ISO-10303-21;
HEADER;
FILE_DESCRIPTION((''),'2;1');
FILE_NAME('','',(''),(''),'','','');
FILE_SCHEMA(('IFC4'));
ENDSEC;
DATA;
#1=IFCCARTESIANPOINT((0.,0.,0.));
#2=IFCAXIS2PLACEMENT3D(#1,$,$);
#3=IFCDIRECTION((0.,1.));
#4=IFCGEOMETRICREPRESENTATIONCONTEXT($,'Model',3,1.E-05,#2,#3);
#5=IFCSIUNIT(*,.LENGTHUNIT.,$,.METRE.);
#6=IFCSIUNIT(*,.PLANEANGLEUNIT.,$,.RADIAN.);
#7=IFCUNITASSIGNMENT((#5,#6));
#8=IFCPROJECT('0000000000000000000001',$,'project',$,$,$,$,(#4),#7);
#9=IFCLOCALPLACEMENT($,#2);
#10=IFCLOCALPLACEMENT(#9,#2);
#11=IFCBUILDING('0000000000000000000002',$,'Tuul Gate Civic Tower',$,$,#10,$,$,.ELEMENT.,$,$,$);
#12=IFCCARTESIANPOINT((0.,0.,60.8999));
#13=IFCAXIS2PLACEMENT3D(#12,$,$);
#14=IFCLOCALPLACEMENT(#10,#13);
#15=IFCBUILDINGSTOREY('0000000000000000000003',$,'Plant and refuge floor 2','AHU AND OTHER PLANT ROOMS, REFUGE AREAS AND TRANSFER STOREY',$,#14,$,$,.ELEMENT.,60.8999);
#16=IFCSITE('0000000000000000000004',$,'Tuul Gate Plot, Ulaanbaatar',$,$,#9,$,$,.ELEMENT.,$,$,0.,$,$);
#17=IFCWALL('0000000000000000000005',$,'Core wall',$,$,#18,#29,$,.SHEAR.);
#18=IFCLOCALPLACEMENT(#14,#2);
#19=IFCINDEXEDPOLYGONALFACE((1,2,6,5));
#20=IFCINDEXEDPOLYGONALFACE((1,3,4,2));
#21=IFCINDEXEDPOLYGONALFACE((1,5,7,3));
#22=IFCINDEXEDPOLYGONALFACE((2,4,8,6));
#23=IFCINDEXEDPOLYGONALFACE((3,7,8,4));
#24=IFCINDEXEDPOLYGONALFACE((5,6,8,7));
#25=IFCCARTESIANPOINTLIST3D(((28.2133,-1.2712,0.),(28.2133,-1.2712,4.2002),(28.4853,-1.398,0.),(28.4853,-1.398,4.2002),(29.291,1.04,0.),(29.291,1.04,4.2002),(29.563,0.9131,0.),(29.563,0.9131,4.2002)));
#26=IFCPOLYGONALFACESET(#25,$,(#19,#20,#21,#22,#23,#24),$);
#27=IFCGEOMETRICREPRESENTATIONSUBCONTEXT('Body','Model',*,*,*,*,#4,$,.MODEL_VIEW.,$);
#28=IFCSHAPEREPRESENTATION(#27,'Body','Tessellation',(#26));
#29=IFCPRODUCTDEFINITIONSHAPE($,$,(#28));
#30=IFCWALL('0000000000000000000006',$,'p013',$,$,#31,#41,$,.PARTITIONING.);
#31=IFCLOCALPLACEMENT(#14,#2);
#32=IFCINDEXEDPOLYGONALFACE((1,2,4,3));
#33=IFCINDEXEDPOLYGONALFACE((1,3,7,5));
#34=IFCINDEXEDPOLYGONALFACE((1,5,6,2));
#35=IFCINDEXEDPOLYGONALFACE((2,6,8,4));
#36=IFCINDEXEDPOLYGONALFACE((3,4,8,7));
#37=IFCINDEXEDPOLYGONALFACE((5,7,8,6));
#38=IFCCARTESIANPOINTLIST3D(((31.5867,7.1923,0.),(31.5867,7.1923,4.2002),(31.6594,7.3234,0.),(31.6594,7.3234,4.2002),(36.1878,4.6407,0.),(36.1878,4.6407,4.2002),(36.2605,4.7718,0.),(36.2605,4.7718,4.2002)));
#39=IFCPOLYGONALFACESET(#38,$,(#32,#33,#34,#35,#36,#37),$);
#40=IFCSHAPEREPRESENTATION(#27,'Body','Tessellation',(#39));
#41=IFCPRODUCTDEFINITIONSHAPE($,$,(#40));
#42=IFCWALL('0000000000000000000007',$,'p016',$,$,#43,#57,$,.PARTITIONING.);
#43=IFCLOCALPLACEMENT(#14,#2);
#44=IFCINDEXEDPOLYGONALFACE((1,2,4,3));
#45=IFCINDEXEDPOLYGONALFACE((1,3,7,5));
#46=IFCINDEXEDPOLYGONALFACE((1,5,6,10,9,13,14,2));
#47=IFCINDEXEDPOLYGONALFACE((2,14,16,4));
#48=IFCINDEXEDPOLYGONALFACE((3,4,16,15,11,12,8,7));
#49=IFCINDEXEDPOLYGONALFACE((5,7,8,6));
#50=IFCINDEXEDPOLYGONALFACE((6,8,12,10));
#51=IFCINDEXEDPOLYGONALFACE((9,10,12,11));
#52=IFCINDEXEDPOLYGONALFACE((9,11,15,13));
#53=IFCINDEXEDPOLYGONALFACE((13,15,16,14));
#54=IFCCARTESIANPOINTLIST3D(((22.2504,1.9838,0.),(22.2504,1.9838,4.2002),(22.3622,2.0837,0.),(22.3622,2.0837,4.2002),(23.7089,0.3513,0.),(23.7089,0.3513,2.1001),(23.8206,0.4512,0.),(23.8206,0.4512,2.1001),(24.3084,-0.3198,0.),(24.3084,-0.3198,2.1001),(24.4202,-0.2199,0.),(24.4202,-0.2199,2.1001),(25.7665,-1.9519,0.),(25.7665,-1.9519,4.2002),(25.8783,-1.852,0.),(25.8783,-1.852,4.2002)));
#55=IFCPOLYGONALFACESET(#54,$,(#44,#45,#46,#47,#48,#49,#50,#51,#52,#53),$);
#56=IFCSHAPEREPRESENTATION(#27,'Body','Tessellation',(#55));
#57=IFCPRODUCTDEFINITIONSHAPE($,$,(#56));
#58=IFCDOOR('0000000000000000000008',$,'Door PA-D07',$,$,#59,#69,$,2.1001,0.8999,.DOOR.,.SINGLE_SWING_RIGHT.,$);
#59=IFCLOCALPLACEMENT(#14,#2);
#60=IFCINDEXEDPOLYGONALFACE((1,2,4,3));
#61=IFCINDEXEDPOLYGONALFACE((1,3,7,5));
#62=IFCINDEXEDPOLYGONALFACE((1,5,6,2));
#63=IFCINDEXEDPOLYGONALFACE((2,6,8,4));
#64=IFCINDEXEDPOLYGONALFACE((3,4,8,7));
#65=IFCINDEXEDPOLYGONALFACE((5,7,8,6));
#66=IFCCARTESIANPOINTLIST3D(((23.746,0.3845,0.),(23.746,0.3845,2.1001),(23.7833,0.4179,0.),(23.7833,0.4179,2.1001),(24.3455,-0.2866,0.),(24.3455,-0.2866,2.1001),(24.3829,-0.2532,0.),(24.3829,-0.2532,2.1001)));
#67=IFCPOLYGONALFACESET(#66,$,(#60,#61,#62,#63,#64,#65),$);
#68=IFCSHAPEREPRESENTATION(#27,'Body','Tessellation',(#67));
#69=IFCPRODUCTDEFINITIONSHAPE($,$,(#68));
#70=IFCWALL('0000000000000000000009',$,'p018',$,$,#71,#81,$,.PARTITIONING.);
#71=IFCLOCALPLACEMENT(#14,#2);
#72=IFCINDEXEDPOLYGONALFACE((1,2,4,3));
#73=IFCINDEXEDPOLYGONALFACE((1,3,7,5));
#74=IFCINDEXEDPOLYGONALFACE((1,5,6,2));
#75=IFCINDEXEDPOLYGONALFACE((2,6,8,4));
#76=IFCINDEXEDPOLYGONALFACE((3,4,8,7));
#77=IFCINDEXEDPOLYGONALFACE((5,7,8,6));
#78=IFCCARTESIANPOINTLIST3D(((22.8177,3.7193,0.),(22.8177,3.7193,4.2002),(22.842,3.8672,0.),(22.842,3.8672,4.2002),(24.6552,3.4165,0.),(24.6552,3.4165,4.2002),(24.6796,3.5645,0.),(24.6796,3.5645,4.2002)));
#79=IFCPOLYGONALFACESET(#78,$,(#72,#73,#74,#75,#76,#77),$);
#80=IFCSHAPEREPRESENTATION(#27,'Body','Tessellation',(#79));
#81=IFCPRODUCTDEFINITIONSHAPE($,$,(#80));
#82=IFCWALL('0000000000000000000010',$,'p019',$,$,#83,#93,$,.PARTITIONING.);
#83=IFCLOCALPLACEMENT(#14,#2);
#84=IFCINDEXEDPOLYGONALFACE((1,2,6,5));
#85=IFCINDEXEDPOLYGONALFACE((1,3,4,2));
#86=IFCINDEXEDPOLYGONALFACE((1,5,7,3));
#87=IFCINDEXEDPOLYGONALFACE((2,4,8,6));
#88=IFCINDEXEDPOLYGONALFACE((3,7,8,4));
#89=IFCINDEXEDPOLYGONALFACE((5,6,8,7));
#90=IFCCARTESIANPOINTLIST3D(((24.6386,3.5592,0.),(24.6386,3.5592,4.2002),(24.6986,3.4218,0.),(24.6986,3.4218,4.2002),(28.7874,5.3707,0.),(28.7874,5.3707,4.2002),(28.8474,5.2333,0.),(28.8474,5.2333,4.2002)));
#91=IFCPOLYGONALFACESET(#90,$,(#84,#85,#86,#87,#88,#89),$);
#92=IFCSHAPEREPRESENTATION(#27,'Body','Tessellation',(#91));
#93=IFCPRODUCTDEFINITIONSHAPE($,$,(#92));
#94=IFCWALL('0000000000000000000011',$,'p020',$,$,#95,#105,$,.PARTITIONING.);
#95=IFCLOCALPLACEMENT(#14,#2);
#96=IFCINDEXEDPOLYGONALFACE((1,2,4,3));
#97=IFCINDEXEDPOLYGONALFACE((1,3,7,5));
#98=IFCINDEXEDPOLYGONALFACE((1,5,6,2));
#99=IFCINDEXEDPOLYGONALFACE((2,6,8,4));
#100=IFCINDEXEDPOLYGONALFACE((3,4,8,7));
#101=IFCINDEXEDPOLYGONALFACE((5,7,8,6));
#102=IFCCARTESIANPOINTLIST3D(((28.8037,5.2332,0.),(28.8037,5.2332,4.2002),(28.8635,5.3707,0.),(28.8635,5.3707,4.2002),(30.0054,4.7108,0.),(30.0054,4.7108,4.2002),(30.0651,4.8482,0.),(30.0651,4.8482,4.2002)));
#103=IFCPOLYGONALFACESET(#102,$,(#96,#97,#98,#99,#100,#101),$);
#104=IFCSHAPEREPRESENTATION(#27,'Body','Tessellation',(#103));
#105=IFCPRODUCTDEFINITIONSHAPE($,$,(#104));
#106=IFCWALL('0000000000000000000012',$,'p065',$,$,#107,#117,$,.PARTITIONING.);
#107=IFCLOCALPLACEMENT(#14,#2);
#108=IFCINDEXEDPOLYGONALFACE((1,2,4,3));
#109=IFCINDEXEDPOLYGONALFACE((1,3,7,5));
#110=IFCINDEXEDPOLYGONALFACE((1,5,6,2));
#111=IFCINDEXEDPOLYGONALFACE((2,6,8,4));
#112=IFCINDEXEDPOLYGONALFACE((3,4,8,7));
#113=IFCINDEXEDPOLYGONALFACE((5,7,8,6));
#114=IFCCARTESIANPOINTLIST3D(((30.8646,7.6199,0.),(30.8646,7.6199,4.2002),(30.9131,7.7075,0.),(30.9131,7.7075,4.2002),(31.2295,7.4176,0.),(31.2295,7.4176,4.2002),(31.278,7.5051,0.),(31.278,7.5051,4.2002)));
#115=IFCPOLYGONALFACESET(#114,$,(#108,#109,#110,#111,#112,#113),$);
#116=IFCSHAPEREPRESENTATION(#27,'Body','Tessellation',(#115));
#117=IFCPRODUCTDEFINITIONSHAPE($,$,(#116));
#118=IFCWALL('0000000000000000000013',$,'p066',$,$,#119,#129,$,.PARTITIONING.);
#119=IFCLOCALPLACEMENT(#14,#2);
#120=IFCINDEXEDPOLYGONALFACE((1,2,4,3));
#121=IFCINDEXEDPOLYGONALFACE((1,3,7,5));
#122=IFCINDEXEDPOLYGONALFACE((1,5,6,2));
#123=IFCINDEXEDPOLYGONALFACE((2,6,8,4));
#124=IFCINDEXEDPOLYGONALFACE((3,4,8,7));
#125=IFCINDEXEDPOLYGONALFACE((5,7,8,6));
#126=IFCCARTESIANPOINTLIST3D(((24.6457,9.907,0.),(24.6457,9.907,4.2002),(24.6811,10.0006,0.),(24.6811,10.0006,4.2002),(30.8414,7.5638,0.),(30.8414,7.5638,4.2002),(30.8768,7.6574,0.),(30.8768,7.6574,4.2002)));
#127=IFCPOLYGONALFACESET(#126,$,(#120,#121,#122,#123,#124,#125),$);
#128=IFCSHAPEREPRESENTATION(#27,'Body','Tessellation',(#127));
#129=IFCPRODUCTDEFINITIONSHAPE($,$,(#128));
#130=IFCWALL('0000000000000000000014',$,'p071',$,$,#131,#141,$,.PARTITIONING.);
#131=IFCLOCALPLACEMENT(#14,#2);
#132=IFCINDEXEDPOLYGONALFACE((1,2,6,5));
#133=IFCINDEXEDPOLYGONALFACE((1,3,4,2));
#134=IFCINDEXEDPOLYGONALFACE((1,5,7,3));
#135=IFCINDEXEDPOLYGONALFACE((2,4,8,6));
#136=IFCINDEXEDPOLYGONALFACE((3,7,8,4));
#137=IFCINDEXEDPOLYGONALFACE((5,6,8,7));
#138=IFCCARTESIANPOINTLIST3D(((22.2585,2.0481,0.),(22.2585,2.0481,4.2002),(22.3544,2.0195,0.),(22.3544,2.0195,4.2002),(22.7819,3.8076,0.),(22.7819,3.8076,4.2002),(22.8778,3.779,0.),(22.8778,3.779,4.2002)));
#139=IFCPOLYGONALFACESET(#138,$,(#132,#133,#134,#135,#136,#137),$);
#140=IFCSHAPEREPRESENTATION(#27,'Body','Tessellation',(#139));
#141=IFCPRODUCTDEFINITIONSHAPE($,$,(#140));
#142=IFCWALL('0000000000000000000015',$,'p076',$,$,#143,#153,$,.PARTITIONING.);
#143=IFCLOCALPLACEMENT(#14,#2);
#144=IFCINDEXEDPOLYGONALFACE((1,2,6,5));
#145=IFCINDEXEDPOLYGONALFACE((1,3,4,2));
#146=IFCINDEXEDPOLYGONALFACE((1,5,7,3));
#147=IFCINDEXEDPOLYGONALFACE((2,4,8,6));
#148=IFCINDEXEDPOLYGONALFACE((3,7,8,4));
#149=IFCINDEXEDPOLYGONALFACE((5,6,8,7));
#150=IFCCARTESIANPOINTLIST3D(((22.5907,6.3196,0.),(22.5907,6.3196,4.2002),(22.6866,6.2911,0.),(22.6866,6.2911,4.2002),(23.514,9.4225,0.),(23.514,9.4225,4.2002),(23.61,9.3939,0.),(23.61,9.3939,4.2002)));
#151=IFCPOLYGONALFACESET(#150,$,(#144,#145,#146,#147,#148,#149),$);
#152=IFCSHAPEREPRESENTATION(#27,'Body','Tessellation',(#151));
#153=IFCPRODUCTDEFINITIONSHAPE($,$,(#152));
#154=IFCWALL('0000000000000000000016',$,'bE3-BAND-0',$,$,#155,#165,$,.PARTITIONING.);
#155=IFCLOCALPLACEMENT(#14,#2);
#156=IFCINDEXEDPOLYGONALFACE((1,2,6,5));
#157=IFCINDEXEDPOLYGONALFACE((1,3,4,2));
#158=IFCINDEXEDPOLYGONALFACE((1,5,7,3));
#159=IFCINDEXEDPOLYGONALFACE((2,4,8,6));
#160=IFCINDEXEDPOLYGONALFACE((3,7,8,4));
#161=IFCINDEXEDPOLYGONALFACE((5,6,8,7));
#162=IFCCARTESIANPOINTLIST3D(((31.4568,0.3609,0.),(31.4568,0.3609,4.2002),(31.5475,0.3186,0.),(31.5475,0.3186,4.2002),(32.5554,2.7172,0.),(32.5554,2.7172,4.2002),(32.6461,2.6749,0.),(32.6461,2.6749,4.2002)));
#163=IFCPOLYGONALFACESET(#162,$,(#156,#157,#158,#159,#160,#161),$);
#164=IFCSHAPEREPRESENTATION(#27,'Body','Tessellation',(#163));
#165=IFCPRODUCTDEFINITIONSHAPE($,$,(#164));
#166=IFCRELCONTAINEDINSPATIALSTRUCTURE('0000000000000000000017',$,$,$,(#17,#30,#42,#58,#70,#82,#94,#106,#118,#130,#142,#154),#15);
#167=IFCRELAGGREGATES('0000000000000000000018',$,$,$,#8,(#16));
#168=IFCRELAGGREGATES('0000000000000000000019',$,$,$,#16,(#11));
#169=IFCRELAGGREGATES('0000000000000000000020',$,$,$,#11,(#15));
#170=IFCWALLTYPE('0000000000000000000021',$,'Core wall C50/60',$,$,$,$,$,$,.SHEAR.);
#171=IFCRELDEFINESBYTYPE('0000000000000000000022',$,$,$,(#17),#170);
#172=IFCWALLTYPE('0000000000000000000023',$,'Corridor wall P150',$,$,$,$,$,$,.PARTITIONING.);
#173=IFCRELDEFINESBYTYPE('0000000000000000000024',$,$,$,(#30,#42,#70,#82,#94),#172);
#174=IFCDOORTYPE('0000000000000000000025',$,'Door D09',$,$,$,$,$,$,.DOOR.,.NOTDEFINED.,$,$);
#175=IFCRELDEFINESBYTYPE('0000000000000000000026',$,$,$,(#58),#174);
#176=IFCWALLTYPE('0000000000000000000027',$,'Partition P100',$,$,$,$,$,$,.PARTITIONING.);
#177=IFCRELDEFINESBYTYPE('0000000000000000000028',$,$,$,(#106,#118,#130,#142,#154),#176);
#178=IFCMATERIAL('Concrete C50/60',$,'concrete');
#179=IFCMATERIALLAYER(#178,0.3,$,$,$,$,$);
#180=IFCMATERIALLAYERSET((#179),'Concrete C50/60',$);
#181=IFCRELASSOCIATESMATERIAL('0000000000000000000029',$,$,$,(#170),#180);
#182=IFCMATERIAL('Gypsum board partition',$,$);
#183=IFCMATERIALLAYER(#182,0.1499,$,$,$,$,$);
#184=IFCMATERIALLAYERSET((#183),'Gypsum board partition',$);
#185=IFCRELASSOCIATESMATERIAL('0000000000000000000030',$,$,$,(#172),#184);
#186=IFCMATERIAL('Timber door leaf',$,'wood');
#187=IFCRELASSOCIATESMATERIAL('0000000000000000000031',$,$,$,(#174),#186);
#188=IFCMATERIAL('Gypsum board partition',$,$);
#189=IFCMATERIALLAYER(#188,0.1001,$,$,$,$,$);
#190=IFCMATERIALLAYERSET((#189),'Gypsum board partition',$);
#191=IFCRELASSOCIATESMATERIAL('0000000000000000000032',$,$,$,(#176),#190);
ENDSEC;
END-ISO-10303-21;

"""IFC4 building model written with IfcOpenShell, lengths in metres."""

from ifc_helpers import new_model, si_unit, direction, frame, frame_2d, origin, place, context, subcontext, project, spatial, rectangle, extrude, material, layer, layer_set, type_object, element, fill, save


model = new_model("IFC4")

# Units and contexts
model_context = context("Model", 3, precision=1e-05, world=origin(), true_north=direction((0.0, 1.0)))
body_context = subcontext(model_context, "Body", "Model", "MODEL_VIEW")
ifc_project = project(units=[si_unit("LENGTHUNIT", "METRE"), si_unit("PLANEANGLEUNIT", "RADIAN")], contexts=[model_context])

# Site, building, storey
site_placement = place(None, origin())
site = spatial("IfcSite", under=ifc_project, at=site_placement, Name="Tuul Gate Plot, Ulaanbaatar", CompositionType="ELEMENT", RefElevation=0.0)
building_placement = place(site_placement, origin())
building = spatial("IfcBuilding", under=site, at=building_placement, Name="Tuul Gate Civic Tower", CompositionType="ELEMENT")
storey_placement = place(building_placement, frame((0.0, 0.0, 60.8999)))
storey = spatial("IfcBuildingStorey", under=building, at=storey_placement, Name="Plant and refuge floor 2", Description="AHU AND OTHER PLANT ROOMS, REFUGE AREAS AND TRANSFER STOREY", CompositionType="ELEMENT", Elevation=60.8999)

# Walls
ifc_material_1 = material(Name="Concrete C50/60", Category="concrete")
ifc_layer_1 = layer(ifc_material_1, 0.3)
ifc_layer_set_1 = layer_set([ifc_layer_1], Name="Concrete C50/60")
wall_type_1 = type_object("IfcWallType", Name="Core wall C50/60", PredefinedType="SHEAR", material=ifc_layer_set_1)
wall_1_placement = place(storey_placement, frame((28.3494, -1.3345, 0.0), z_axis=(0.0, 0.0, 1.0), x_axis=(0.422613, 0.90631, 0.0)))
element("IfcWall", 1, at=wall_1_placement, inside=storey, type_object=wall_type_1, Name="Core wall", PredefinedType="SHEAR", context=body_context, shape_type="SweptSolid", body=[
    extrude(rectangle(XDim=2.55, YDim=0.3, at=frame_2d((1.2749, 0.0))), origin(), (0.0, 0.0, 1.0), 4.2002),
])
ifc_material_2 = material(Name="Gypsum board partition")
ifc_layer_2 = layer(ifc_material_2, 0.1499)
ifc_layer_set_2 = layer_set([ifc_layer_2], Name="Gypsum board partition")
wall_type_2 = type_object("IfcWallType", Name="Corridor wall P150", PredefinedType="PARTITIONING", material=ifc_layer_set_2)
wall_2_placement = place(storey_placement, frame((31.623, 7.2578, 0.0), z_axis=(0.0, 0.0, 1.0), x_axis=(0.874531, -0.484969, 0.0)))
element("IfcWall", 2, at=wall_2_placement, inside=storey, type_object=wall_type_2, Name="p013", PredefinedType="PARTITIONING", context=body_context, shape_type="SweptSolid", body=[
    extrude(rectangle(XDim=5.2612, YDim=0.1499, at=frame_2d((2.6306, 0.0))), origin(), (0.0, 0.0, 1.0), 4.2002),
])

# Wall, opening, door
wall_3_placement = place(storey_placement, frame((22.3064, 2.0337, 0.0), z_axis=(0.0, 0.0, 1.0), x_axis=(0.666228, -0.745748, 0.0)))
wall_3 = element("IfcWall", 3, at=wall_3_placement, inside=storey, type_object=wall_type_2, Name="p016", PredefinedType="PARTITIONING", context=body_context, shape_type="SweptSolid", body=[
    extrude(rectangle(XDim=5.2776, YDim=0.1499, at=frame_2d((2.6387, 0.0))), origin(), (0.0, 0.0, 1.0), 4.2002),
])
opening_placement = place(wall_3_placement, frame((2.189, 0.0, 0.0)))
opening = element("IfcOpeningElement", 4, at=opening_placement, cuts=wall_3, PredefinedType="OPENING", context=body_context, shape_type="SweptSolid", body=[
    extrude(rectangle(XDim=0.8999, YDim=2.1001, at=frame_2d((0.45, 1.05))), frame((0.0, 0.085, 0.0), z_axis=(0.0, -1.0, 0.0), x_axis=(1.0, 0.0, 0.0)), (0.0, 0.0, 1.0), 0.1699),
])
ifc_material_3 = material(Name="Timber door leaf", Category="wood")
door_type = type_object("IfcDoorType", Name="Door D09", OperationType="NOTDEFINED", PredefinedType="DOOR", material=ifc_material_3)
door_placement = place(opening_placement, origin())
door = element("IfcDoor", 5, at=door_placement, inside=storey, type_object=door_type, Name="Door PA-D07", OperationType="SINGLE_SWING_RIGHT", OverallHeight=2.1001, OverallWidth=0.8999, PredefinedType="DOOR", context=body_context, shape_type="SweptSolid", body=[
    extrude(rectangle(XDim=0.8999, YDim=2.1001, at=frame_2d((0.45, 1.05))), frame((0.0, 0.0249, 0.0), z_axis=(0.0, -1.0, 0.0), x_axis=(1.0, 0.0, 0.0)), (0.0, 0.0, 1.0), 0.05),
])
fill(opening, door)

# Walls
wall_4_placement = place(storey_placement, frame((22.8298, 3.7932, 0.0), z_axis=(0.0, 0.0, 1.0), x_axis=(0.9867, -0.162549, 0.0)))
element("IfcWall", 6, at=wall_4_placement, inside=storey, type_object=wall_type_2, Name="p018", PredefinedType="PARTITIONING", context=body_context, shape_type="SweptSolid", body=[
    extrude(rectangle(XDim=1.8623, YDim=0.1499, at=frame_2d((0.9312, 0.0))), origin(), (0.0, 0.0, 1.0), 4.2002),
])
wall_5_placement = place(storey_placement, frame((24.6685, 3.4905, 0.0), z_axis=(0.0, 0.0, 1.0), x_axis=(0.916452, 0.400145, 0.0)))
element("IfcWall", 7, at=wall_5_placement, inside=storey, type_object=wall_type_2, Name="p019", PredefinedType="PARTITIONING", context=body_context, shape_type="SweptSolid", body=[
    extrude(rectangle(XDim=4.5271, YDim=0.1499, at=frame_2d((2.2637, 0.0))), origin(), (0.0, 0.0, 1.0), 4.2002),
])
wall_6_placement = place(storey_placement, frame((28.8335, 5.302, 0.0), z_axis=(0.0, 0.0, 1.0), x_axis=(0.91707, -0.398726, 0.0)))
element("IfcWall", 8, at=wall_6_placement, inside=storey, type_object=wall_type_2, Name="p020", PredefinedType="PARTITIONING", context=body_context, shape_type="SweptSolid", body=[
    extrude(rectangle(XDim=1.3103, YDim=0.1499, at=frame_2d((0.6553, 0.0))), origin(), (0.0, 0.0, 1.0), 4.2002),
])
ifc_material_4 = material(Name="Gypsum board partition")
ifc_layer_3 = layer(ifc_material_4, 0.1001)
ifc_layer_set_3 = layer_set([ifc_layer_3], Name="Gypsum board partition")
wall_type_3 = type_object("IfcWallType", Name="Partition P100", PredefinedType="PARTITIONING", material=ifc_layer_set_3)
wall_7_placement = place(storey_placement, frame((31.2537, 7.4614, 0.0), z_axis=(0.0, 0.0, 1.0), x_axis=(-0.874543, 0.484947, 0.0)))
element("IfcWall", 9, at=wall_7_placement, inside=storey, type_object=wall_type_3, Name="p065", PredefinedType="PARTITIONING", context=body_context, shape_type="SweptSolid", body=[
    extrude(rectangle(XDim=0.4172, YDim=0.1001, at=frame_2d((0.2085, 0.0))), origin(), (0.0, 0.0, 1.0), 4.2002),
])
wall_8_placement = place(storey_placement, frame((30.8591, 7.6106, 0.0), z_axis=(0.0, 0.0, 1.0), x_axis=(-0.935341, 0.353747, 0.0)))
element("IfcWall", 10, at=wall_8_placement, inside=storey, type_object=wall_type_3, Name="p066", PredefinedType="PARTITIONING", context=body_context, shape_type="SweptSolid", body=[
    extrude(rectangle(XDim=6.624, YDim=0.1001, at=frame_2d((3.312, 0.0))), origin(), (0.0, 0.0, 1.0), 4.2002),
])
wall_9_placement = place(storey_placement, frame((22.3064, 2.0337, 0.0), z_axis=(0.0, 0.0, 1.0), x_axis=(0.285139, 0.958486, 0.0)))
element("IfcWall", 11, at=wall_9_placement, inside=storey, type_object=wall_type_3, Name="p071", PredefinedType="PARTITIONING", context=body_context, shape_type="SweptSolid", body=[
    extrude(rectangle(XDim=1.8357, YDim=0.1001, at=frame_2d((0.918, 0.0))), origin(), (0.0, 0.0, 1.0), 4.2002),
])
wall_10_placement = place(storey_placement, frame((23.562, 9.4082, 0.0), z_axis=(0.0, 0.0, 1.0), x_axis=(-0.285223, -0.958461, 0.0)))
element("IfcWall", 12, at=wall_10_placement, inside=storey, type_object=wall_type_3, Name="p076", PredefinedType="PARTITIONING", context=body_context, shape_type="SweptSolid", body=[
    extrude(rectangle(XDim=3.2373, YDim=0.1001, at=frame_2d((1.6187, 0.0))), origin(), (0.0, 0.0, 1.0), 4.2002),
])
wall_11_placement = place(storey_placement, frame((31.5022, 0.3398, 0.0), z_axis=(0.0, 0.0, 1.0), x_axis=(0.422556, 0.906337, 0.0)))
element("IfcWall", 13, at=wall_11_placement, inside=storey, type_object=wall_type_3, Name="bE3-BAND-0", PredefinedType="PARTITIONING", context=body_context, shape_type="SweptSolid", body=[
    extrude(rectangle(XDim=2.5999, YDim=0.1001, at=frame_2d((1.2998, 0.0))), origin(), (0.0, 0.0, 1.0), 4.2002),
])

save(model, "model.ifc")
